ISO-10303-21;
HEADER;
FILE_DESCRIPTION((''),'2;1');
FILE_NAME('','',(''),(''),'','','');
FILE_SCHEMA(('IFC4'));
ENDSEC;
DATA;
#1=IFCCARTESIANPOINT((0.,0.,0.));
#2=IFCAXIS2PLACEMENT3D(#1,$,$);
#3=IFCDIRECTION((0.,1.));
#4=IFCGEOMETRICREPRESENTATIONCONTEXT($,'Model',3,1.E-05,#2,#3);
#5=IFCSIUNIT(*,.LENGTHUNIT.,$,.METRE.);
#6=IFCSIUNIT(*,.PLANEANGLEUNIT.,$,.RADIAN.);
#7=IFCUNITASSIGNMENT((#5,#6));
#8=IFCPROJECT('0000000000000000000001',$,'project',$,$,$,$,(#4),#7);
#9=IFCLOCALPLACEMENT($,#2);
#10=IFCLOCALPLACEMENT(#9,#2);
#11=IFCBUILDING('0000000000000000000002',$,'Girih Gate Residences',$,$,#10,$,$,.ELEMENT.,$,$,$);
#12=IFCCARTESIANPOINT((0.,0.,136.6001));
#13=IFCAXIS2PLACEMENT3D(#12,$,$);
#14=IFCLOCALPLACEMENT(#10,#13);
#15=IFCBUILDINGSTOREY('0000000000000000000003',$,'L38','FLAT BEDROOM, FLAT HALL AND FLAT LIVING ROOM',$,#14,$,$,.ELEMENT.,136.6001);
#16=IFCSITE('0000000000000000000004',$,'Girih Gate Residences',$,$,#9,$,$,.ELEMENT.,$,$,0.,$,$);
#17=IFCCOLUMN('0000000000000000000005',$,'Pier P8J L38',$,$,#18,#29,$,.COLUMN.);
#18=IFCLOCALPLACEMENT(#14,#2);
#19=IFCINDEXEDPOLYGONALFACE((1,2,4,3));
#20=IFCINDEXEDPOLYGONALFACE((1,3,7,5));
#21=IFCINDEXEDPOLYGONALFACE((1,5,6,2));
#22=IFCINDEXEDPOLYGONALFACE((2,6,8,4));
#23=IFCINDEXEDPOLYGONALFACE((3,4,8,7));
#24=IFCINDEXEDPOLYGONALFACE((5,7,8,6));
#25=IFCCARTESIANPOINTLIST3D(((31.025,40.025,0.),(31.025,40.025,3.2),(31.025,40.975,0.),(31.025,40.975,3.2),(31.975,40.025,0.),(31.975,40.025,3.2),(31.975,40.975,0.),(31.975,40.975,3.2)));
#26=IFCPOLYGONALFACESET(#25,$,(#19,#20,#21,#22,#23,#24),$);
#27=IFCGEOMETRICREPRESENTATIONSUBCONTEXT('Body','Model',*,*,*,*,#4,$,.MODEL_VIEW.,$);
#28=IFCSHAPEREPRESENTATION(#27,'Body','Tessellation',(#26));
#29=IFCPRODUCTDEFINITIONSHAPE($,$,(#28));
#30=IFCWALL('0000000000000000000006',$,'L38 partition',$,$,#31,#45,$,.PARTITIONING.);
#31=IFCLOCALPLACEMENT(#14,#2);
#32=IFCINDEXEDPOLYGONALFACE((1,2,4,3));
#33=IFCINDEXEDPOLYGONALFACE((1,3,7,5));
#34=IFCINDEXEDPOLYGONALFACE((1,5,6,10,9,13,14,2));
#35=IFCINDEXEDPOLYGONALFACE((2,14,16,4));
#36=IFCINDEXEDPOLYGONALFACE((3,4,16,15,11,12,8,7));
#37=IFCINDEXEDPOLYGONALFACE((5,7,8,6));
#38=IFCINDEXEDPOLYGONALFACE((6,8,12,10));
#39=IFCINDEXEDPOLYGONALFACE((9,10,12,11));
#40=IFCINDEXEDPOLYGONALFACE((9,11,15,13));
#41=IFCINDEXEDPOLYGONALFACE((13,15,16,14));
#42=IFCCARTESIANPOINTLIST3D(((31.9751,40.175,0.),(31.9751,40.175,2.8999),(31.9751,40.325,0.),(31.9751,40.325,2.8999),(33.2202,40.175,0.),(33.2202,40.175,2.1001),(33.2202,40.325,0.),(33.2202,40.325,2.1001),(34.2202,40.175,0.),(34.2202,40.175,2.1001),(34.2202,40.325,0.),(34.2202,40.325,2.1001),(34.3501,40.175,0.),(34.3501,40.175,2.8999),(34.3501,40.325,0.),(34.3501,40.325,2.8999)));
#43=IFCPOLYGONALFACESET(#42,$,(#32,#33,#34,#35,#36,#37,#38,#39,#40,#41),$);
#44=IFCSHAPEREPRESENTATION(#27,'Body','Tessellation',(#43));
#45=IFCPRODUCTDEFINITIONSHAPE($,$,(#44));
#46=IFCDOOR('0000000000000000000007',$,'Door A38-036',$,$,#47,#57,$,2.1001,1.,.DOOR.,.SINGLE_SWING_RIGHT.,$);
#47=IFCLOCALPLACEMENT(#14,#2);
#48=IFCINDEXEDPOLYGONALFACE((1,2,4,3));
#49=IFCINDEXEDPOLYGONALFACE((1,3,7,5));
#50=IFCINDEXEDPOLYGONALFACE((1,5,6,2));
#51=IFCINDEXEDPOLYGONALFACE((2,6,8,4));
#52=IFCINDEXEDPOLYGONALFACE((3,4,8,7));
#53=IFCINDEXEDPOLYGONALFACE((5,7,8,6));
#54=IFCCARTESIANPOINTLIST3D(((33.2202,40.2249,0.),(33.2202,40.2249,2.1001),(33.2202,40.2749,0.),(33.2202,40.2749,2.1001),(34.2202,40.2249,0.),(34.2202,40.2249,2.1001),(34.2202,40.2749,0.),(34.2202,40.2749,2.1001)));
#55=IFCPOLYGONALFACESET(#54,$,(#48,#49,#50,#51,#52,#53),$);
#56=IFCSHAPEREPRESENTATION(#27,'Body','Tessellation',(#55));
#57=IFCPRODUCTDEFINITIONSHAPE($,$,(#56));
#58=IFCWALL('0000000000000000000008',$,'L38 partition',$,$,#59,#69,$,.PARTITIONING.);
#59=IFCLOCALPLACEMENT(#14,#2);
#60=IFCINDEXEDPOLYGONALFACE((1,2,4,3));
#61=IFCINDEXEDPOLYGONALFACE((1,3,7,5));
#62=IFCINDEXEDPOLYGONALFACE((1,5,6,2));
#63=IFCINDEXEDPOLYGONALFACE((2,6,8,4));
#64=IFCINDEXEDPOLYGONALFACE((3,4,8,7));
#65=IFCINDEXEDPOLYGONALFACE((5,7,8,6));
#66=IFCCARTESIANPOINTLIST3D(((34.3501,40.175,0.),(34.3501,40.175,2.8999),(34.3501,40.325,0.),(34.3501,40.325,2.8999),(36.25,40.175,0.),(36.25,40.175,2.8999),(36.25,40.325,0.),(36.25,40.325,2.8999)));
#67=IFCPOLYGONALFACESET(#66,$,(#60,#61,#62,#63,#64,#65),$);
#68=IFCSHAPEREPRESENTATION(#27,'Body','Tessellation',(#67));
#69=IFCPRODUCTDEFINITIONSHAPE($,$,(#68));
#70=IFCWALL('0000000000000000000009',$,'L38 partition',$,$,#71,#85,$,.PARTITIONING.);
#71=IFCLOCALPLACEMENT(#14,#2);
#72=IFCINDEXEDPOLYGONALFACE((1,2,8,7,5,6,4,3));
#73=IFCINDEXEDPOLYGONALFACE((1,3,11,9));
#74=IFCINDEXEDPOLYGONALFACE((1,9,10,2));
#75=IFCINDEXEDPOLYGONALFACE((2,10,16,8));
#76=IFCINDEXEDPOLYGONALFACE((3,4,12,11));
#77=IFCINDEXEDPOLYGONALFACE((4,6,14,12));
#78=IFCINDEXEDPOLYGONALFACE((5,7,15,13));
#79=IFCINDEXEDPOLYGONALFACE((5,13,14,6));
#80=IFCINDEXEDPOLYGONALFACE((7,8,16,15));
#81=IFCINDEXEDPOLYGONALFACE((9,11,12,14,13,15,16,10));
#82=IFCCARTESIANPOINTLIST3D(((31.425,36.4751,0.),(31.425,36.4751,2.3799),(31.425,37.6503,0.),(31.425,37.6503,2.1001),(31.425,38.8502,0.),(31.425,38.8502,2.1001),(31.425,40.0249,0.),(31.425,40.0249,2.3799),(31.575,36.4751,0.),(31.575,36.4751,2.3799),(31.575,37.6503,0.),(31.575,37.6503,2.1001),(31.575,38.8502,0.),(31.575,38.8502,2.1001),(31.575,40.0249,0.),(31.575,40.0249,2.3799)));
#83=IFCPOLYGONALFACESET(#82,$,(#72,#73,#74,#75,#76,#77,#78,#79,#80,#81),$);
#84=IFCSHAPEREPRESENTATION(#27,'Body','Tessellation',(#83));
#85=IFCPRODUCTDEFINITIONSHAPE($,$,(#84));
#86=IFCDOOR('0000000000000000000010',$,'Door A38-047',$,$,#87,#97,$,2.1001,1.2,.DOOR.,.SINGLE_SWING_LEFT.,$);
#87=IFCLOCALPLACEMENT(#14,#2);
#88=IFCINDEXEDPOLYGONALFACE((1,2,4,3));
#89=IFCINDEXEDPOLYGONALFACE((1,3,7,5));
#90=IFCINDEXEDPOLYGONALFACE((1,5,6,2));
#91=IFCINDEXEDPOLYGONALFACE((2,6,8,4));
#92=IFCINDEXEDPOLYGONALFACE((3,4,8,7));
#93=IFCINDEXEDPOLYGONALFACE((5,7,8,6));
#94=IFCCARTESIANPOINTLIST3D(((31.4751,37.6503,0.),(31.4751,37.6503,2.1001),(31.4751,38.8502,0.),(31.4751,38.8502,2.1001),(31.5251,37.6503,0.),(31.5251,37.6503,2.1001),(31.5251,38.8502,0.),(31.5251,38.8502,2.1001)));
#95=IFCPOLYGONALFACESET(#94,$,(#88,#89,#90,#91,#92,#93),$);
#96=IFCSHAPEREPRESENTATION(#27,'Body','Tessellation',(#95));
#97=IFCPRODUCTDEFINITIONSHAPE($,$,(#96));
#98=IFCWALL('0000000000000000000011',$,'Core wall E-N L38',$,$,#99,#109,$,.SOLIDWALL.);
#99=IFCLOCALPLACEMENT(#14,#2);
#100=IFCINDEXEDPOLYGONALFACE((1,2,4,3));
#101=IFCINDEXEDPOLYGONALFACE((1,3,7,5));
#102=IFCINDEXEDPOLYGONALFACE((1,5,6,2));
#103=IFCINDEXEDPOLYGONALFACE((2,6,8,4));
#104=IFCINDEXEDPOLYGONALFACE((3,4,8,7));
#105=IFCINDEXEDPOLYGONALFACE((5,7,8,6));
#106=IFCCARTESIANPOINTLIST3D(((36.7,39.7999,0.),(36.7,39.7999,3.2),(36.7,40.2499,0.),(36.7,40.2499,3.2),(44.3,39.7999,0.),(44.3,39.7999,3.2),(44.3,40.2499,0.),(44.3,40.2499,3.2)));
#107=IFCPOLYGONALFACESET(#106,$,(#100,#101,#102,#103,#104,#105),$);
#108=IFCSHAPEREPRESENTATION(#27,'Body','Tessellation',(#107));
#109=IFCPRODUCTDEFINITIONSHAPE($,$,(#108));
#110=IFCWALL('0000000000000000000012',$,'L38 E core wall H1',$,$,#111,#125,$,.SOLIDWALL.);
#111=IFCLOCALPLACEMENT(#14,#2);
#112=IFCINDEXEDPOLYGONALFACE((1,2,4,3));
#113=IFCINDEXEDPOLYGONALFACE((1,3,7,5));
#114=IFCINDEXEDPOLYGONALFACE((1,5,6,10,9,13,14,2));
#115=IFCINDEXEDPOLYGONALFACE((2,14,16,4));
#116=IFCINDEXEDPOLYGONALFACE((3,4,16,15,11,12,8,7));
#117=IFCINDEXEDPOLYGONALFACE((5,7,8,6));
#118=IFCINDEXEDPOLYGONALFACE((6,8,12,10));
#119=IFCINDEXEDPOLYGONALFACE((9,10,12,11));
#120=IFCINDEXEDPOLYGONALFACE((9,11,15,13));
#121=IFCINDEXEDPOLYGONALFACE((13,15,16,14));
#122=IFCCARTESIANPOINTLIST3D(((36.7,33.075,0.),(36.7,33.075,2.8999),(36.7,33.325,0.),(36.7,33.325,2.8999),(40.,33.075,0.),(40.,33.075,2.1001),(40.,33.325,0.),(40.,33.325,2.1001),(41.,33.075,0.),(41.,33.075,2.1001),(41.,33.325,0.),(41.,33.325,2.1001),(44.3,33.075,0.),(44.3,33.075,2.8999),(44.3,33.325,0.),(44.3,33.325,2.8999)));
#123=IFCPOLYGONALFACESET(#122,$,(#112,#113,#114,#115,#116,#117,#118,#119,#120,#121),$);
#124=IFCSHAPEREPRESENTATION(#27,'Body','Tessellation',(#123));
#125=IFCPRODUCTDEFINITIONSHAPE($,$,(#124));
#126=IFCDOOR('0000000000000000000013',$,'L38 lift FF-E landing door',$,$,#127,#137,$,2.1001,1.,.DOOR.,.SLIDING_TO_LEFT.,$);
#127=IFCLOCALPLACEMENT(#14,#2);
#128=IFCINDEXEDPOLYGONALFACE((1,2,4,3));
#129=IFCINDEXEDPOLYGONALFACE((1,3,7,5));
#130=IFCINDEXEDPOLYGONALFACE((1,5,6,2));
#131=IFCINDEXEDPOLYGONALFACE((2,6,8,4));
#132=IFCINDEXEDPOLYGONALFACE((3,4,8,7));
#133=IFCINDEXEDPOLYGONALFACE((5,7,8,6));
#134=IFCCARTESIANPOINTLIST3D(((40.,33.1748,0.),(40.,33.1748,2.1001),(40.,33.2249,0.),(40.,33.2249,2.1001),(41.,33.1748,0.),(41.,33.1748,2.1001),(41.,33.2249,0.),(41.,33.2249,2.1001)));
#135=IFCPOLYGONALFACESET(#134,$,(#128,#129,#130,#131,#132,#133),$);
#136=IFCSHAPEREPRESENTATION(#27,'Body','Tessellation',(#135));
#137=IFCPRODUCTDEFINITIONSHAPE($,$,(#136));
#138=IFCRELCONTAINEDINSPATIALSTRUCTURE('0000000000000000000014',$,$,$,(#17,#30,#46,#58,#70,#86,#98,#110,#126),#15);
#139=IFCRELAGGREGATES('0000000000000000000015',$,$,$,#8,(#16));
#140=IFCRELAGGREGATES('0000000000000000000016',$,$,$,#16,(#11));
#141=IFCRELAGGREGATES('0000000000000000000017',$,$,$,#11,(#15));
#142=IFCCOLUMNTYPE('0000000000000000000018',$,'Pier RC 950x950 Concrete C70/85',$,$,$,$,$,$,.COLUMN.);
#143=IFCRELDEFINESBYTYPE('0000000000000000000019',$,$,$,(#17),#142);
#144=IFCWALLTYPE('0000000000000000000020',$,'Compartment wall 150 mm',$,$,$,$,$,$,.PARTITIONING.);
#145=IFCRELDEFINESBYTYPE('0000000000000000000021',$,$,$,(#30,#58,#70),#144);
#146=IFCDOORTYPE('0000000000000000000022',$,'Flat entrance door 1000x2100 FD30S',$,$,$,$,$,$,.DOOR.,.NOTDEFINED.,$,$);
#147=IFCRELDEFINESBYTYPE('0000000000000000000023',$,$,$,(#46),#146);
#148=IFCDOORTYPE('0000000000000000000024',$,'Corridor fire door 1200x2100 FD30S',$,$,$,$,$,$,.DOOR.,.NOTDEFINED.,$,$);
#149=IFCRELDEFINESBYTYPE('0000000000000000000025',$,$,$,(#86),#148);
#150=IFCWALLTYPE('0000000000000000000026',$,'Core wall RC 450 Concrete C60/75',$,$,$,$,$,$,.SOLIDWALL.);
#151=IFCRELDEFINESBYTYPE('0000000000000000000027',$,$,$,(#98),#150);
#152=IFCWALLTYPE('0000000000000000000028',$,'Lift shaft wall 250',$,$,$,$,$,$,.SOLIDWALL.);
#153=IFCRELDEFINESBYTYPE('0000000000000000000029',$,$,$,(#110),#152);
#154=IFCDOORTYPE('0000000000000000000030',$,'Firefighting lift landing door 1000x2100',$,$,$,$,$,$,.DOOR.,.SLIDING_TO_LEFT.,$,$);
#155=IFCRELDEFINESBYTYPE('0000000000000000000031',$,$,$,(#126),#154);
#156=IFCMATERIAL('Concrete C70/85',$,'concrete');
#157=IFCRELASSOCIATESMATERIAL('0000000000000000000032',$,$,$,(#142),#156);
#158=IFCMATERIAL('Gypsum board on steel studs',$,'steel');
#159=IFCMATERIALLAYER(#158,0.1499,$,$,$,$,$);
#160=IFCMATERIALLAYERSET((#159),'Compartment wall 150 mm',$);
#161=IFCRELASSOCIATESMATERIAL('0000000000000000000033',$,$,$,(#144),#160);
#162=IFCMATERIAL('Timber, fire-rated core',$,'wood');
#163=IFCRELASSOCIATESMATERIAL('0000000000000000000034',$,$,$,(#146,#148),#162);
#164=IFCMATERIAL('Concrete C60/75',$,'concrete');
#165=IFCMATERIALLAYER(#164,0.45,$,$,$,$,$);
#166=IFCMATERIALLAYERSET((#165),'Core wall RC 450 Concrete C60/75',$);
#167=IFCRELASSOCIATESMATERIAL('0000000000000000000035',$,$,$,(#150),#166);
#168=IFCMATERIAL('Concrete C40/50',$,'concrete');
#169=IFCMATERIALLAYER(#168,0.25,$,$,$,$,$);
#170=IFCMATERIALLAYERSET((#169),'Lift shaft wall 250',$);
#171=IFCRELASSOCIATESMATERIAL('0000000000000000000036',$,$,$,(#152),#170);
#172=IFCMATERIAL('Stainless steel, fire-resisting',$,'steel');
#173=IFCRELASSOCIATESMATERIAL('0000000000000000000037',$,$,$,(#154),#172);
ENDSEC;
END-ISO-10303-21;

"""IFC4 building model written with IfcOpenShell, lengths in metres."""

from ifc_helpers import new_model, si_unit, direction, frame, frame_2d, origin, origin_2d, place, context, subcontext, project, spatial, rectangle, extrude, material, layer, layer_set, material_profile, profile_set, type_object, element, fill, save


model = new_model("IFC4")

# Units and contexts
model_context = context("Model", 3, precision=1e-05, world=origin(), true_north=direction((0.0, 1.0)))
body_context = subcontext(model_context, "Body", "Model", "MODEL_VIEW")
ifc_project = project(units=[si_unit("LENGTHUNIT", "METRE"), si_unit("PLANEANGLEUNIT", "RADIAN")], contexts=[model_context])

# Site, building, storey
site_placement = place(None, origin())
site = spatial("IfcSite", under=ifc_project, at=site_placement, Name="Girih Gate Residences", CompositionType="ELEMENT", RefElevation=0.0)
building_placement = place(site_placement, origin())
building = spatial("IfcBuilding", under=site, at=building_placement, Name="Girih Gate Residences", CompositionType="ELEMENT")
storey_placement = place(building_placement, frame((0.0, 0.0, 136.6001)))
storey = spatial("IfcBuildingStorey", under=building, at=storey_placement, Name="L38", Description="FLAT BEDROOM, FLAT HALL AND FLAT LIVING ROOM", CompositionType="ELEMENT", Elevation=136.6001)

# Column
ifc_material_1 = material(Name="Concrete C70/85", Category="concrete")
ifc_material_profile = material_profile(ifc_material_1, rectangle(XDim=0.95, YDim=0.95, at=origin_2d()))
ifc_profile_set = profile_set([ifc_material_profile], Name="Concrete C70/85")
column_type = type_object("IfcColumnType", Name="Pier RC 950x950 Concrete C70/85", PredefinedType="COLUMN", material=ifc_profile_set)
column_placement = place(storey_placement, frame((31.5, 40.5, 0.0), z_axis=(0.0, 0.0, 1.0), x_axis=(1.0, 0.0, 0.0)))
element("IfcColumn", 1, at=column_placement, inside=storey, type_object=column_type, Name="Pier P8J L38", PredefinedType="COLUMN", context=body_context, shape_type="SweptSolid", body=[
    extrude(rectangle(XDim=0.95, YDim=0.95, at=origin_2d()), origin(), (0.0, 0.0, 1.0), 3.2),
])

# Wall, opening, door
ifc_material_2 = material(Name="Gypsum board on steel studs", Category="steel")
ifc_layer_1 = layer(ifc_material_2, 0.1499)
ifc_layer_set_1 = layer_set([ifc_layer_1], Name="Compartment wall 150 mm")
wall_type_1 = type_object("IfcWallType", Name="Compartment wall 150 mm", PredefinedType="PARTITIONING", material=ifc_layer_set_1)
wall_1_placement = place(storey_placement, frame((31.9751, 40.25, 0.0), z_axis=(0.0, 0.0, 1.0), x_axis=(1.0, 0.0, 0.0)))
wall_1 = element("IfcWall", 2, at=wall_1_placement, inside=storey, type_object=wall_type_1, Name="L38 partition", PredefinedType="PARTITIONING", context=body_context, shape_type="SweptSolid", body=[
    extrude(rectangle(XDim=2.375, YDim=0.1499, at=frame_2d((1.1875, 0.0))), origin(), (0.0, 0.0, 1.0), 2.8999),
])
opening_1_placement = place(wall_1_placement, frame((1.2451, 0.0, 0.0)))
opening_1 = element("IfcOpeningElement", 3, at=opening_1_placement, cuts=wall_1, PredefinedType="OPENING", context=body_context, shape_type="SweptSolid", body=[
    extrude(rectangle(XDim=1.0, YDim=2.1001, at=frame_2d((0.5, 1.05))), frame((0.0, 0.085, 0.0), z_axis=(0.0, -1.0, 0.0), x_axis=(1.0, 0.0, 0.0)), (0.0, 0.0, 1.0), 0.1699),
])
ifc_material_3 = material(Name="Timber, fire-rated core", Category="wood")
door_type_1 = type_object("IfcDoorType", Name="Flat entrance door 1000x2100 FD30S", OperationType="NOTDEFINED", PredefinedType="DOOR", material=ifc_material_3)
door_1_placement = place(opening_1_placement, origin())
door_1 = element("IfcDoor", 4, at=door_1_placement, inside=storey, type_object=door_type_1, Name="Door A38-036", OperationType="SINGLE_SWING_RIGHT", OverallHeight=2.1001, OverallWidth=1.0, PredefinedType="DOOR", context=body_context, shape_type="SweptSolid", body=[
    extrude(rectangle(XDim=1.0, YDim=2.1001, at=frame_2d((0.5, 1.05))), frame((0.0, 0.0249, 0.0), z_axis=(0.0, -1.0, 0.0), x_axis=(1.0, 0.0, 0.0)), (0.0, 0.0, 1.0), 0.05),
])
fill(opening_1, door_1)

# Wall
wall_2_placement = place(storey_placement, frame((34.3501, 40.25, 0.0), z_axis=(0.0, 0.0, 1.0), x_axis=(1.0, 0.0, 0.0)))
element("IfcWall", 5, at=wall_2_placement, inside=storey, type_object=wall_type_1, Name="L38 partition", PredefinedType="PARTITIONING", context=body_context, shape_type="SweptSolid", body=[
    extrude(rectangle(XDim=1.8999, YDim=0.1499, at=frame_2d((0.95, 0.0))), origin(), (0.0, 0.0, 1.0), 2.8999),
])

# Wall, opening, door
wall_3_placement = place(storey_placement, frame((31.5, 36.4751, 0.0), z_axis=(0.0, 0.0, 1.0), x_axis=(0.0, 1.0, 0.0)))
wall_3 = element("IfcWall", 6, at=wall_3_placement, inside=storey, type_object=wall_type_1, Name="L38 partition", PredefinedType="PARTITIONING", context=body_context, shape_type="SweptSolid", body=[
    extrude(rectangle(XDim=3.5498, YDim=0.1499, at=frame_2d((1.7749, 0.0))), origin(), (0.0, 0.0, 1.0), 2.3799),
])
opening_2_placement = place(wall_3_placement, frame((1.175, 0.0, 0.0)))
opening_2 = element("IfcOpeningElement", 7, at=opening_2_placement, cuts=wall_3, PredefinedType="OPENING", context=body_context, shape_type="SweptSolid", body=[
    extrude(rectangle(XDim=1.2, YDim=2.1001, at=frame_2d((0.6001, 1.05))), frame((0.0, 0.085, 0.0), z_axis=(0.0, -1.0, 0.0), x_axis=(1.0, 0.0, 0.0)), (0.0, 0.0, 1.0), 0.1699),
])
door_type_2 = type_object("IfcDoorType", Name="Corridor fire door 1200x2100 FD30S", OperationType="NOTDEFINED", PredefinedType="DOOR", material=ifc_material_3)
door_2_placement = place(opening_2_placement, origin())
door_2 = element("IfcDoor", 8, at=door_2_placement, inside=storey, type_object=door_type_2, Name="Door A38-047", OperationType="SINGLE_SWING_LEFT", OverallHeight=2.1001, OverallWidth=1.2, PredefinedType="DOOR", context=body_context, shape_type="SweptSolid", body=[
    extrude(rectangle(XDim=1.2, YDim=2.1001, at=frame_2d((0.6001, 1.05))), frame((0.0, 0.0249, 0.0), z_axis=(0.0, -1.0, 0.0), x_axis=(1.0, 0.0, 0.0)), (0.0, 0.0, 1.0), 0.05),
])
fill(opening_2, door_2)

# Wall
ifc_material_4 = material(Name="Concrete C60/75", Category="concrete")
ifc_layer_2 = layer(ifc_material_4, 0.45)
ifc_layer_set_2 = layer_set([ifc_layer_2], Name="Core wall RC 450 Concrete C60/75")
wall_type_2 = type_object("IfcWallType", Name="Core wall RC 450 Concrete C60/75", PredefinedType="SOLIDWALL", material=ifc_layer_set_2)
wall_4_placement = place(storey_placement, frame((36.7, 40.0249, 0.0), z_axis=(0.0, 0.0, 1.0), x_axis=(1.0, 0.0, 0.0)))
element("IfcWall", 9, at=wall_4_placement, inside=storey, type_object=wall_type_2, Name="Core wall E-N L38", PredefinedType="SOLIDWALL", context=body_context, shape_type="SweptSolid", body=[
    extrude(rectangle(XDim=7.6001, YDim=0.45, at=frame_2d((3.8, 0.0))), origin(), (0.0, 0.0, 1.0), 3.2),
])

# Wall, opening, door
ifc_material_5 = material(Name="Concrete C40/50", Category="concrete")
ifc_layer_3 = layer(ifc_material_5, 0.25)
ifc_layer_set_3 = layer_set([ifc_layer_3], Name="Lift shaft wall 250")
wall_type_3 = type_object("IfcWallType", Name="Lift shaft wall 250", PredefinedType="SOLIDWALL", material=ifc_layer_set_3)
wall_5_placement = place(storey_placement, frame((36.7, 33.2, 0.0), z_axis=(0.0, 0.0, 1.0), x_axis=(1.0, 0.0, 0.0)))
wall_5 = element("IfcWall", 10, at=wall_5_placement, inside=storey, type_object=wall_type_3, Name="L38 E core wall H1", PredefinedType="SOLIDWALL", context=body_context, shape_type="SweptSolid", body=[
    extrude(rectangle(XDim=7.6001, YDim=0.25, at=frame_2d((3.8, 0.0))), origin(), (0.0, 0.0, 1.0), 2.8999),
])
opening_3_placement = place(wall_5_placement, frame((3.3, 0.0, 0.0)))
opening_3 = element("IfcOpeningElement", 11, at=opening_3_placement, cuts=wall_5, PredefinedType="OPENING", context=body_context, shape_type="SweptSolid", body=[
    extrude(rectangle(XDim=1.0, YDim=2.1001, at=frame_2d((0.5, 1.05))), frame((0.0, 0.135, 0.0), z_axis=(0.0, -1.0, 0.0), x_axis=(1.0, 0.0, 0.0)), (0.0, 0.0, 1.0), 0.27),
])
ifc_material_6 = material(Name="Stainless steel, fire-resisting", Category="steel")
door_type_3 = type_object("IfcDoorType", Name="Firefighting lift landing door 1000x2100", OperationType="SLIDING_TO_LEFT", PredefinedType="DOOR", material=ifc_material_6)
door_3_placement = place(opening_3_placement, origin())
door_3 = element("IfcDoor", 12, at=door_3_placement, inside=storey, type_object=door_type_3, Name="L38 lift FF-E landing door", OperationType="SLIDING_TO_LEFT", OverallHeight=2.1001, OverallWidth=1.0, PredefinedType="DOOR", context=body_context, shape_type="SweptSolid", body=[
    extrude(rectangle(XDim=1.0, YDim=2.1001, at=frame_2d((0.5, 1.05))), frame((0.0, 0.0249, 0.0), z_axis=(0.0, -1.0, 0.0), x_axis=(1.0, 0.0, 0.0)), (0.0, 0.0, 1.0), 0.05),
])
fill(opening_3, door_3)

save(model, "model.ifc")
